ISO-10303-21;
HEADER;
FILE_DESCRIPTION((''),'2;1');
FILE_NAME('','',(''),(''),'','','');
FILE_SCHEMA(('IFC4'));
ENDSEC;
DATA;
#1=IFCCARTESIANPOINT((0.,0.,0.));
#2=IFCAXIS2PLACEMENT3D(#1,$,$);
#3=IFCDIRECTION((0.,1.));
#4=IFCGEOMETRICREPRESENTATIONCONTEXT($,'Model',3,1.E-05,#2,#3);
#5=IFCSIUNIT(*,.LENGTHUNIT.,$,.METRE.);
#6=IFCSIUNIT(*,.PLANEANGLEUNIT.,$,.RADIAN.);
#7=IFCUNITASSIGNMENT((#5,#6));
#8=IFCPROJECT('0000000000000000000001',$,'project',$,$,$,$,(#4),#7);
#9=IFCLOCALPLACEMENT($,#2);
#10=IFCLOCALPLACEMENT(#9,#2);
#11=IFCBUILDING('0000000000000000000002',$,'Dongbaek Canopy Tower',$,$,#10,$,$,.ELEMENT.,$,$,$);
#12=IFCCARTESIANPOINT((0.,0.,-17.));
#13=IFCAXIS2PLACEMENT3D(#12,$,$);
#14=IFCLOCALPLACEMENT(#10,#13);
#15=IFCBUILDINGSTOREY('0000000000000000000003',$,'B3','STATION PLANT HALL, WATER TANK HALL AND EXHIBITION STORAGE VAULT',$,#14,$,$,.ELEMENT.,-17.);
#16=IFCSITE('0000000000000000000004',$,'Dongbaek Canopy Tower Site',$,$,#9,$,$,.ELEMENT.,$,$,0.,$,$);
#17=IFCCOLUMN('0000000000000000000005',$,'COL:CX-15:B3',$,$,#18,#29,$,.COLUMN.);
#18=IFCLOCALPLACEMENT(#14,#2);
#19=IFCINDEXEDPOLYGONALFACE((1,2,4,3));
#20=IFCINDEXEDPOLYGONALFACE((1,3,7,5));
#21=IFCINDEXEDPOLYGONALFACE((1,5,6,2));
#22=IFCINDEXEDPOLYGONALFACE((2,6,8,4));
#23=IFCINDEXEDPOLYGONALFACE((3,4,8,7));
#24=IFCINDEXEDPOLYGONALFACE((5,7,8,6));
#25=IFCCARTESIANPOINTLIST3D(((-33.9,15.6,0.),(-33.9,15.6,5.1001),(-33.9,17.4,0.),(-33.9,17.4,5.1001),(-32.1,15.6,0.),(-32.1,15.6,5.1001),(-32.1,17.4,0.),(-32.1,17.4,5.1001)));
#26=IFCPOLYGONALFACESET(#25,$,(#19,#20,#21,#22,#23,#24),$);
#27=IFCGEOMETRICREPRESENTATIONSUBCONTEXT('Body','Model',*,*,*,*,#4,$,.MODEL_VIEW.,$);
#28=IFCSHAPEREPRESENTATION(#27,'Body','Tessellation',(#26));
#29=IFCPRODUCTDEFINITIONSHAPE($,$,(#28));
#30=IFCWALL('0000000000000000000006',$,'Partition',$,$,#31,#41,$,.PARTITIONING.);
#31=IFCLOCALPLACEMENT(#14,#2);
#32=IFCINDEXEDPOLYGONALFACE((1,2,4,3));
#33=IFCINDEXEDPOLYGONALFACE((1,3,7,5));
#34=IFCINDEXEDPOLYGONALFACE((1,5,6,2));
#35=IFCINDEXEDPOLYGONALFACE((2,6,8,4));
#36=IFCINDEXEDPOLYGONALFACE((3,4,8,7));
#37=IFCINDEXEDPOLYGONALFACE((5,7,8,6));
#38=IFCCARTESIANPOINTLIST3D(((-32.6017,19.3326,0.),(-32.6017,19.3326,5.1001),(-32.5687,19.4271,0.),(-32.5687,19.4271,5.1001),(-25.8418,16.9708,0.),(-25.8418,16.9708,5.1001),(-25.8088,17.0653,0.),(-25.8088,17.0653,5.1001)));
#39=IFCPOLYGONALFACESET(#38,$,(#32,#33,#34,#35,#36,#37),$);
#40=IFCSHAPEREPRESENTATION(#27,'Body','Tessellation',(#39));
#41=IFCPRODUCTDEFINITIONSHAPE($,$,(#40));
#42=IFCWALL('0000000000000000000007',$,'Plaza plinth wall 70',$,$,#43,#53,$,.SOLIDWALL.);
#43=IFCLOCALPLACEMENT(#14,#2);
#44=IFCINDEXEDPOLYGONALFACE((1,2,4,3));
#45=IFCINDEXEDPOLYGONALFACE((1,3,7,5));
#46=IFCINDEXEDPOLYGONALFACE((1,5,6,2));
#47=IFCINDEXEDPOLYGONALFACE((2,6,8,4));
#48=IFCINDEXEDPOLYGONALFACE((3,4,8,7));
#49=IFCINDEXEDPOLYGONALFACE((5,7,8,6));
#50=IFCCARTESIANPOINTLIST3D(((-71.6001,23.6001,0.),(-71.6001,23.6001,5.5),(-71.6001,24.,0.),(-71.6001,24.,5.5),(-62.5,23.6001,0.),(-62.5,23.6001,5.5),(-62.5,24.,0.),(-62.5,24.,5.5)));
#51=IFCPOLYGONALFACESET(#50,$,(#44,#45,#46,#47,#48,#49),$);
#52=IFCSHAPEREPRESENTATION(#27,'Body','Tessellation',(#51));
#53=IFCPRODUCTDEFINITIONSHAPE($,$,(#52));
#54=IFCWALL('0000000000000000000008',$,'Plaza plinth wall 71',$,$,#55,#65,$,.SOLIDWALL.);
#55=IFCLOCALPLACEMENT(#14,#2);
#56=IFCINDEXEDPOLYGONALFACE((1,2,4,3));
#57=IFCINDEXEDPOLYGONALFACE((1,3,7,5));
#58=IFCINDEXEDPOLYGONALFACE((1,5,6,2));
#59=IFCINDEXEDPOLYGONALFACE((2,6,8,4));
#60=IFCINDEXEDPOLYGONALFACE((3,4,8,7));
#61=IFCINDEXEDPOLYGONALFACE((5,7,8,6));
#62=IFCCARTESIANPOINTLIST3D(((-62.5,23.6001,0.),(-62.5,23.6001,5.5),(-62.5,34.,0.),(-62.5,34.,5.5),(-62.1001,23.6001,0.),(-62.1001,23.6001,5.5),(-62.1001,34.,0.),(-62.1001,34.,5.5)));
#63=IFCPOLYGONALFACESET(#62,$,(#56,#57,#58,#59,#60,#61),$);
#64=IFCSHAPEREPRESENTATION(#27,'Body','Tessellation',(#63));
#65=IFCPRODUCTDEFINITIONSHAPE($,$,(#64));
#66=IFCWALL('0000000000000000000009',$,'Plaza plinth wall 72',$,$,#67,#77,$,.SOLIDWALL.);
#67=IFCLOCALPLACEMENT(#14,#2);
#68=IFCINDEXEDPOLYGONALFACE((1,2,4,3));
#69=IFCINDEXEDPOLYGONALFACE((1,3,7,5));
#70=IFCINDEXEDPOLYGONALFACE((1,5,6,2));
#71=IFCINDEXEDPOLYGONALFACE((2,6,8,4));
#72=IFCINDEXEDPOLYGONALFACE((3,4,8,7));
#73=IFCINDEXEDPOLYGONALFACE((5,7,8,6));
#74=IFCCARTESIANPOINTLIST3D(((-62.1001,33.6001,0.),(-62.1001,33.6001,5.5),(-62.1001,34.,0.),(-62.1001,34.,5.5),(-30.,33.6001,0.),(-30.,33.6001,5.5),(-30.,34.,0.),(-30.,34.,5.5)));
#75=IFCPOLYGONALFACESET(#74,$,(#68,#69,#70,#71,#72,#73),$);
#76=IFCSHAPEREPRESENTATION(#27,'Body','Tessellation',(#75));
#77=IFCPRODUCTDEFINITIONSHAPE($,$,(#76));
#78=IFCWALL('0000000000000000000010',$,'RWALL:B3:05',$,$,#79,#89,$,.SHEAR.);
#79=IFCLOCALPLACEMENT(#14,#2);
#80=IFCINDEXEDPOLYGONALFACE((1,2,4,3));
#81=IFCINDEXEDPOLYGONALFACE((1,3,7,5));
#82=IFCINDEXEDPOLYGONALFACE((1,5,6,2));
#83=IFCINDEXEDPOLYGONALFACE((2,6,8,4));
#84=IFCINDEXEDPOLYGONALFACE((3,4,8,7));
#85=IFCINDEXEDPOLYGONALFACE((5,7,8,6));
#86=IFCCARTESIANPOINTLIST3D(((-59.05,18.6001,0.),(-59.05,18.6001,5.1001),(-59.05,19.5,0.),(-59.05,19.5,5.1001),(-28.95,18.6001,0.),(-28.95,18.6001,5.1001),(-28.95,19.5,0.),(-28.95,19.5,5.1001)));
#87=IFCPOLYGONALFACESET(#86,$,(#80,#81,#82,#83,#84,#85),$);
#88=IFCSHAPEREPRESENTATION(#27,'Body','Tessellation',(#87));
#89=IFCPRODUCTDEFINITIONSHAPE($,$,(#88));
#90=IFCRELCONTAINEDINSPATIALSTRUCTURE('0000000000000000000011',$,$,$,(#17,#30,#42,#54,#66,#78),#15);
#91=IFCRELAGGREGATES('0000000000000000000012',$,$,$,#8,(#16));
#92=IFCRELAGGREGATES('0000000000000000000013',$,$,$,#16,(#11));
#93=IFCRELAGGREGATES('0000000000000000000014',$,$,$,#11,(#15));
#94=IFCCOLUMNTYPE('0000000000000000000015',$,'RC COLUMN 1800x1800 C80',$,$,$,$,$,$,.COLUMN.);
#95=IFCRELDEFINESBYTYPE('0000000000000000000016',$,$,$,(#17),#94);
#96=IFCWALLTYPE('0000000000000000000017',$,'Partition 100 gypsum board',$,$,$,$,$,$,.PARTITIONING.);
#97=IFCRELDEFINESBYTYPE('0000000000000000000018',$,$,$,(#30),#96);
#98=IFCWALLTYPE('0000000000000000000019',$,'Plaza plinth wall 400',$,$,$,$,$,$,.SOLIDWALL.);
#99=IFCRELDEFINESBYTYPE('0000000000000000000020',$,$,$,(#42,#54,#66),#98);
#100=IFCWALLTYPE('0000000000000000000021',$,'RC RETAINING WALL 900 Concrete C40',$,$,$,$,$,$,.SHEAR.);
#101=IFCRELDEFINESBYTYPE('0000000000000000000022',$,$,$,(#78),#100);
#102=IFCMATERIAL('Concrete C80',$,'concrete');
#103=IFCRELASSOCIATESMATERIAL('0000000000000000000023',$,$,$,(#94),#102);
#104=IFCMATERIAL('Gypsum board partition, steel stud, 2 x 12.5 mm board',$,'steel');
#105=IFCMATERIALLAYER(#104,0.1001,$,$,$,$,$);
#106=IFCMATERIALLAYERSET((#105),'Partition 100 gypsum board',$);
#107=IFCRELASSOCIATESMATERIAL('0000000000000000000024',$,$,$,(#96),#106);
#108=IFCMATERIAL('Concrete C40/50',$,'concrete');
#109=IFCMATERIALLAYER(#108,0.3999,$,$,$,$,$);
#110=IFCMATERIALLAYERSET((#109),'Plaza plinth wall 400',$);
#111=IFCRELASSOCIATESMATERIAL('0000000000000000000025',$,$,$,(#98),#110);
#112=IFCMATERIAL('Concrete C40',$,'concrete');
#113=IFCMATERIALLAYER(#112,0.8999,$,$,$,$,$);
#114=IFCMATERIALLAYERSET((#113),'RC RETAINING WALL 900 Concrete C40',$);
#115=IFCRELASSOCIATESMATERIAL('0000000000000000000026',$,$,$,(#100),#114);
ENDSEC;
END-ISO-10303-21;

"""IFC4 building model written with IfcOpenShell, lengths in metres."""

from ifc_helpers import new_model, si_unit, direction, frame, frame_2d, origin, origin_2d, place, context, subcontext, project, spatial, rectangle, extrude, material, layer, layer_set, material_profile, profile_set, type_object, element, save


model = new_model("IFC4")

# Units and contexts
model_context = context("Model", 3, precision=1e-05, world=origin(), true_north=direction((0.0, 1.0)))
body_context = subcontext(model_context, "Body", "Model", "MODEL_VIEW")
ifc_project = project(units=[si_unit("LENGTHUNIT", "METRE"), si_unit("PLANEANGLEUNIT", "RADIAN")], contexts=[model_context])

# Site, building, storey
site_placement = place(None, origin())
site = spatial("IfcSite", under=ifc_project, at=site_placement, Name="Dongbaek Canopy Tower Site", CompositionType="ELEMENT", RefElevation=0.0)
building_placement = place(site_placement, origin())
building = spatial("IfcBuilding", under=site, at=building_placement, Name="Dongbaek Canopy Tower", CompositionType="ELEMENT")
storey_placement = place(building_placement, frame((0.0, 0.0, -17.0)))
storey = spatial("IfcBuildingStorey", under=building, at=storey_placement, Name="B3", Description="STATION PLANT HALL, WATER TANK HALL AND EXHIBITION STORAGE VAULT", CompositionType="ELEMENT", Elevation=-17.0)

# Column
ifc_material_1 = material(Name="Concrete C80", Category="concrete")
ifc_material_profile_1 = material_profile(ifc_material_1, rectangle(XDim=1.8, YDim=1.8, at=origin_2d()), Name="RC COLUMN 1800x1800 C80")
ifc_profile_set_1 = profile_set([ifc_material_profile_1], Name="Concrete C80")
column_type = type_object("IfcColumnType", Name="RC COLUMN 1800x1800 C80", PredefinedType="COLUMN", material=ifc_profile_set_1)
for number, where, z_axis, x_axis, name in (
    (1, (-33.0, 16.5, 0.0), (0.0, 0.0, 1.0), (1.0, 0.0, 0.0), "COL:CX-15:B3"),
):
    element("IfcColumn", number, at=place(storey_placement, frame(where, z_axis=z_axis, x_axis=x_axis)), inside=storey, type_object=column_type, Name=name, PredefinedType="COLUMN", context=body_context, shape_type="SweptSolid", body=[
        extrude(rectangle(XDim=1.8, YDim=1.8, at=origin_2d()), origin(), (0.0, 0.0, 1.0), 5.1001),
    ])

# Walls
ifc_material_2 = material(Name="Gypsum board partition, steel stud, 2 x 12.5 mm board", Category="steel")
ifc_layer_1 = layer(ifc_material_2, 0.1001)
ifc_layer_set_1 = layer_set([ifc_layer_1], Name="Partition 100 gypsum board")
wall_type_1 = type_object("IfcWallType", Name="Partition 100 gypsum board", PredefinedType="PARTITIONING", material=ifc_layer_set_1)
wall_1_placement = place(storey_placement, frame((-32.5852, 19.3799, 0.0), z_axis=(0.0, 0.0, 1.0), x_axis=(0.944041, -0.329829, 0.0)))
element("IfcWall", 2, at=wall_1_placement, inside=storey, type_object=wall_type_1, Name="Partition", PredefinedType="PARTITIONING", context=body_context, shape_type="SweptSolid", body=[
    extrude(rectangle(XDim=7.1606, YDim=0.1001, at=frame_2d((3.5803, 0.0))), origin(), (0.0, 0.0, 1.0), 5.1001),
])
ifc_material_3 = material(Name="Concrete C40/50", Category="concrete")
ifc_layer_2 = layer(ifc_material_3, 0.3999)
ifc_layer_set_2 = layer_set([ifc_layer_2], Name="Plaza plinth wall 400")
wall_type_2 = type_object("IfcWallType", Name="Plaza plinth wall 400", PredefinedType="SOLIDWALL", material=ifc_layer_set_2)
wall_2_placement = place(storey_placement, frame((-71.6001, 23.8, 0.0), z_axis=(0.0, 0.0, 1.0), x_axis=(1.0, 0.0, 0.0)))
element("IfcWall", 3, at=wall_2_placement, inside=storey, type_object=wall_type_2, Name="Plaza plinth wall 70", PredefinedType="SOLIDWALL", context=body_context, shape_type="SweptSolid", body=[
    extrude(rectangle(XDim=9.1001, YDim=0.3999, at=frame_2d((4.55, 0.0))), origin(), (0.0, 0.0, 1.0), 5.5),
])
wall_3_placement = place(storey_placement, frame((-62.3, 23.6001, 0.0), z_axis=(0.0, 0.0, 1.0), x_axis=(0.0, 1.0, 0.0)))
element("IfcWall", 4, at=wall_3_placement, inside=storey, type_object=wall_type_2, Name="Plaza plinth wall 71", PredefinedType="SOLIDWALL", context=body_context, shape_type="SweptSolid", body=[
    extrude(rectangle(XDim=10.3999, YDim=0.3999, at=frame_2d((5.2, 0.0))), origin(), (0.0, 0.0, 1.0), 5.5),
])
wall_4_placement = place(storey_placement, frame((-62.1001, 33.8, 0.0), z_axis=(0.0, 0.0, 1.0), x_axis=(1.0, 0.0, 0.0)))
element("IfcWall", 5, at=wall_4_placement, inside=storey, type_object=wall_type_2, Name="Plaza plinth wall 72", PredefinedType="SOLIDWALL", context=body_context, shape_type="SweptSolid", body=[
    extrude(rectangle(XDim=32.1001, YDim=0.3999, at=frame_2d((16.05, 0.0))), origin(), (0.0, 0.0, 1.0), 5.5),
])
ifc_material_4 = material(Name="Concrete C40", Category="concrete")
ifc_layer_3 = layer(ifc_material_4, 0.8999)
ifc_layer_set_3 = layer_set([ifc_layer_3], Name="RC RETAINING WALL 900 Concrete C40")
wall_type_3 = type_object("IfcWallType", Name="RC RETAINING WALL 900 Concrete C40", PredefinedType="SHEAR", material=ifc_layer_set_3)
wall_5_placement = place(storey_placement, frame((-59.05, 19.05, 0.0), z_axis=(0.0, 0.0, 1.0), x_axis=(1.0, 0.0, 0.0)))
element("IfcWall", 6, at=wall_5_placement, inside=storey, type_object=wall_type_3, Name="RWALL:B3:05", PredefinedType="SHEAR", context=body_context, shape_type="SweptSolid", body=[
    extrude(rectangle(XDim=30.1001, YDim=0.8999, at=frame_2d((15.05, 0.0))), origin(), (0.0, 0.0, 1.0), 5.1001),
])

save(model, "model.ifc")
